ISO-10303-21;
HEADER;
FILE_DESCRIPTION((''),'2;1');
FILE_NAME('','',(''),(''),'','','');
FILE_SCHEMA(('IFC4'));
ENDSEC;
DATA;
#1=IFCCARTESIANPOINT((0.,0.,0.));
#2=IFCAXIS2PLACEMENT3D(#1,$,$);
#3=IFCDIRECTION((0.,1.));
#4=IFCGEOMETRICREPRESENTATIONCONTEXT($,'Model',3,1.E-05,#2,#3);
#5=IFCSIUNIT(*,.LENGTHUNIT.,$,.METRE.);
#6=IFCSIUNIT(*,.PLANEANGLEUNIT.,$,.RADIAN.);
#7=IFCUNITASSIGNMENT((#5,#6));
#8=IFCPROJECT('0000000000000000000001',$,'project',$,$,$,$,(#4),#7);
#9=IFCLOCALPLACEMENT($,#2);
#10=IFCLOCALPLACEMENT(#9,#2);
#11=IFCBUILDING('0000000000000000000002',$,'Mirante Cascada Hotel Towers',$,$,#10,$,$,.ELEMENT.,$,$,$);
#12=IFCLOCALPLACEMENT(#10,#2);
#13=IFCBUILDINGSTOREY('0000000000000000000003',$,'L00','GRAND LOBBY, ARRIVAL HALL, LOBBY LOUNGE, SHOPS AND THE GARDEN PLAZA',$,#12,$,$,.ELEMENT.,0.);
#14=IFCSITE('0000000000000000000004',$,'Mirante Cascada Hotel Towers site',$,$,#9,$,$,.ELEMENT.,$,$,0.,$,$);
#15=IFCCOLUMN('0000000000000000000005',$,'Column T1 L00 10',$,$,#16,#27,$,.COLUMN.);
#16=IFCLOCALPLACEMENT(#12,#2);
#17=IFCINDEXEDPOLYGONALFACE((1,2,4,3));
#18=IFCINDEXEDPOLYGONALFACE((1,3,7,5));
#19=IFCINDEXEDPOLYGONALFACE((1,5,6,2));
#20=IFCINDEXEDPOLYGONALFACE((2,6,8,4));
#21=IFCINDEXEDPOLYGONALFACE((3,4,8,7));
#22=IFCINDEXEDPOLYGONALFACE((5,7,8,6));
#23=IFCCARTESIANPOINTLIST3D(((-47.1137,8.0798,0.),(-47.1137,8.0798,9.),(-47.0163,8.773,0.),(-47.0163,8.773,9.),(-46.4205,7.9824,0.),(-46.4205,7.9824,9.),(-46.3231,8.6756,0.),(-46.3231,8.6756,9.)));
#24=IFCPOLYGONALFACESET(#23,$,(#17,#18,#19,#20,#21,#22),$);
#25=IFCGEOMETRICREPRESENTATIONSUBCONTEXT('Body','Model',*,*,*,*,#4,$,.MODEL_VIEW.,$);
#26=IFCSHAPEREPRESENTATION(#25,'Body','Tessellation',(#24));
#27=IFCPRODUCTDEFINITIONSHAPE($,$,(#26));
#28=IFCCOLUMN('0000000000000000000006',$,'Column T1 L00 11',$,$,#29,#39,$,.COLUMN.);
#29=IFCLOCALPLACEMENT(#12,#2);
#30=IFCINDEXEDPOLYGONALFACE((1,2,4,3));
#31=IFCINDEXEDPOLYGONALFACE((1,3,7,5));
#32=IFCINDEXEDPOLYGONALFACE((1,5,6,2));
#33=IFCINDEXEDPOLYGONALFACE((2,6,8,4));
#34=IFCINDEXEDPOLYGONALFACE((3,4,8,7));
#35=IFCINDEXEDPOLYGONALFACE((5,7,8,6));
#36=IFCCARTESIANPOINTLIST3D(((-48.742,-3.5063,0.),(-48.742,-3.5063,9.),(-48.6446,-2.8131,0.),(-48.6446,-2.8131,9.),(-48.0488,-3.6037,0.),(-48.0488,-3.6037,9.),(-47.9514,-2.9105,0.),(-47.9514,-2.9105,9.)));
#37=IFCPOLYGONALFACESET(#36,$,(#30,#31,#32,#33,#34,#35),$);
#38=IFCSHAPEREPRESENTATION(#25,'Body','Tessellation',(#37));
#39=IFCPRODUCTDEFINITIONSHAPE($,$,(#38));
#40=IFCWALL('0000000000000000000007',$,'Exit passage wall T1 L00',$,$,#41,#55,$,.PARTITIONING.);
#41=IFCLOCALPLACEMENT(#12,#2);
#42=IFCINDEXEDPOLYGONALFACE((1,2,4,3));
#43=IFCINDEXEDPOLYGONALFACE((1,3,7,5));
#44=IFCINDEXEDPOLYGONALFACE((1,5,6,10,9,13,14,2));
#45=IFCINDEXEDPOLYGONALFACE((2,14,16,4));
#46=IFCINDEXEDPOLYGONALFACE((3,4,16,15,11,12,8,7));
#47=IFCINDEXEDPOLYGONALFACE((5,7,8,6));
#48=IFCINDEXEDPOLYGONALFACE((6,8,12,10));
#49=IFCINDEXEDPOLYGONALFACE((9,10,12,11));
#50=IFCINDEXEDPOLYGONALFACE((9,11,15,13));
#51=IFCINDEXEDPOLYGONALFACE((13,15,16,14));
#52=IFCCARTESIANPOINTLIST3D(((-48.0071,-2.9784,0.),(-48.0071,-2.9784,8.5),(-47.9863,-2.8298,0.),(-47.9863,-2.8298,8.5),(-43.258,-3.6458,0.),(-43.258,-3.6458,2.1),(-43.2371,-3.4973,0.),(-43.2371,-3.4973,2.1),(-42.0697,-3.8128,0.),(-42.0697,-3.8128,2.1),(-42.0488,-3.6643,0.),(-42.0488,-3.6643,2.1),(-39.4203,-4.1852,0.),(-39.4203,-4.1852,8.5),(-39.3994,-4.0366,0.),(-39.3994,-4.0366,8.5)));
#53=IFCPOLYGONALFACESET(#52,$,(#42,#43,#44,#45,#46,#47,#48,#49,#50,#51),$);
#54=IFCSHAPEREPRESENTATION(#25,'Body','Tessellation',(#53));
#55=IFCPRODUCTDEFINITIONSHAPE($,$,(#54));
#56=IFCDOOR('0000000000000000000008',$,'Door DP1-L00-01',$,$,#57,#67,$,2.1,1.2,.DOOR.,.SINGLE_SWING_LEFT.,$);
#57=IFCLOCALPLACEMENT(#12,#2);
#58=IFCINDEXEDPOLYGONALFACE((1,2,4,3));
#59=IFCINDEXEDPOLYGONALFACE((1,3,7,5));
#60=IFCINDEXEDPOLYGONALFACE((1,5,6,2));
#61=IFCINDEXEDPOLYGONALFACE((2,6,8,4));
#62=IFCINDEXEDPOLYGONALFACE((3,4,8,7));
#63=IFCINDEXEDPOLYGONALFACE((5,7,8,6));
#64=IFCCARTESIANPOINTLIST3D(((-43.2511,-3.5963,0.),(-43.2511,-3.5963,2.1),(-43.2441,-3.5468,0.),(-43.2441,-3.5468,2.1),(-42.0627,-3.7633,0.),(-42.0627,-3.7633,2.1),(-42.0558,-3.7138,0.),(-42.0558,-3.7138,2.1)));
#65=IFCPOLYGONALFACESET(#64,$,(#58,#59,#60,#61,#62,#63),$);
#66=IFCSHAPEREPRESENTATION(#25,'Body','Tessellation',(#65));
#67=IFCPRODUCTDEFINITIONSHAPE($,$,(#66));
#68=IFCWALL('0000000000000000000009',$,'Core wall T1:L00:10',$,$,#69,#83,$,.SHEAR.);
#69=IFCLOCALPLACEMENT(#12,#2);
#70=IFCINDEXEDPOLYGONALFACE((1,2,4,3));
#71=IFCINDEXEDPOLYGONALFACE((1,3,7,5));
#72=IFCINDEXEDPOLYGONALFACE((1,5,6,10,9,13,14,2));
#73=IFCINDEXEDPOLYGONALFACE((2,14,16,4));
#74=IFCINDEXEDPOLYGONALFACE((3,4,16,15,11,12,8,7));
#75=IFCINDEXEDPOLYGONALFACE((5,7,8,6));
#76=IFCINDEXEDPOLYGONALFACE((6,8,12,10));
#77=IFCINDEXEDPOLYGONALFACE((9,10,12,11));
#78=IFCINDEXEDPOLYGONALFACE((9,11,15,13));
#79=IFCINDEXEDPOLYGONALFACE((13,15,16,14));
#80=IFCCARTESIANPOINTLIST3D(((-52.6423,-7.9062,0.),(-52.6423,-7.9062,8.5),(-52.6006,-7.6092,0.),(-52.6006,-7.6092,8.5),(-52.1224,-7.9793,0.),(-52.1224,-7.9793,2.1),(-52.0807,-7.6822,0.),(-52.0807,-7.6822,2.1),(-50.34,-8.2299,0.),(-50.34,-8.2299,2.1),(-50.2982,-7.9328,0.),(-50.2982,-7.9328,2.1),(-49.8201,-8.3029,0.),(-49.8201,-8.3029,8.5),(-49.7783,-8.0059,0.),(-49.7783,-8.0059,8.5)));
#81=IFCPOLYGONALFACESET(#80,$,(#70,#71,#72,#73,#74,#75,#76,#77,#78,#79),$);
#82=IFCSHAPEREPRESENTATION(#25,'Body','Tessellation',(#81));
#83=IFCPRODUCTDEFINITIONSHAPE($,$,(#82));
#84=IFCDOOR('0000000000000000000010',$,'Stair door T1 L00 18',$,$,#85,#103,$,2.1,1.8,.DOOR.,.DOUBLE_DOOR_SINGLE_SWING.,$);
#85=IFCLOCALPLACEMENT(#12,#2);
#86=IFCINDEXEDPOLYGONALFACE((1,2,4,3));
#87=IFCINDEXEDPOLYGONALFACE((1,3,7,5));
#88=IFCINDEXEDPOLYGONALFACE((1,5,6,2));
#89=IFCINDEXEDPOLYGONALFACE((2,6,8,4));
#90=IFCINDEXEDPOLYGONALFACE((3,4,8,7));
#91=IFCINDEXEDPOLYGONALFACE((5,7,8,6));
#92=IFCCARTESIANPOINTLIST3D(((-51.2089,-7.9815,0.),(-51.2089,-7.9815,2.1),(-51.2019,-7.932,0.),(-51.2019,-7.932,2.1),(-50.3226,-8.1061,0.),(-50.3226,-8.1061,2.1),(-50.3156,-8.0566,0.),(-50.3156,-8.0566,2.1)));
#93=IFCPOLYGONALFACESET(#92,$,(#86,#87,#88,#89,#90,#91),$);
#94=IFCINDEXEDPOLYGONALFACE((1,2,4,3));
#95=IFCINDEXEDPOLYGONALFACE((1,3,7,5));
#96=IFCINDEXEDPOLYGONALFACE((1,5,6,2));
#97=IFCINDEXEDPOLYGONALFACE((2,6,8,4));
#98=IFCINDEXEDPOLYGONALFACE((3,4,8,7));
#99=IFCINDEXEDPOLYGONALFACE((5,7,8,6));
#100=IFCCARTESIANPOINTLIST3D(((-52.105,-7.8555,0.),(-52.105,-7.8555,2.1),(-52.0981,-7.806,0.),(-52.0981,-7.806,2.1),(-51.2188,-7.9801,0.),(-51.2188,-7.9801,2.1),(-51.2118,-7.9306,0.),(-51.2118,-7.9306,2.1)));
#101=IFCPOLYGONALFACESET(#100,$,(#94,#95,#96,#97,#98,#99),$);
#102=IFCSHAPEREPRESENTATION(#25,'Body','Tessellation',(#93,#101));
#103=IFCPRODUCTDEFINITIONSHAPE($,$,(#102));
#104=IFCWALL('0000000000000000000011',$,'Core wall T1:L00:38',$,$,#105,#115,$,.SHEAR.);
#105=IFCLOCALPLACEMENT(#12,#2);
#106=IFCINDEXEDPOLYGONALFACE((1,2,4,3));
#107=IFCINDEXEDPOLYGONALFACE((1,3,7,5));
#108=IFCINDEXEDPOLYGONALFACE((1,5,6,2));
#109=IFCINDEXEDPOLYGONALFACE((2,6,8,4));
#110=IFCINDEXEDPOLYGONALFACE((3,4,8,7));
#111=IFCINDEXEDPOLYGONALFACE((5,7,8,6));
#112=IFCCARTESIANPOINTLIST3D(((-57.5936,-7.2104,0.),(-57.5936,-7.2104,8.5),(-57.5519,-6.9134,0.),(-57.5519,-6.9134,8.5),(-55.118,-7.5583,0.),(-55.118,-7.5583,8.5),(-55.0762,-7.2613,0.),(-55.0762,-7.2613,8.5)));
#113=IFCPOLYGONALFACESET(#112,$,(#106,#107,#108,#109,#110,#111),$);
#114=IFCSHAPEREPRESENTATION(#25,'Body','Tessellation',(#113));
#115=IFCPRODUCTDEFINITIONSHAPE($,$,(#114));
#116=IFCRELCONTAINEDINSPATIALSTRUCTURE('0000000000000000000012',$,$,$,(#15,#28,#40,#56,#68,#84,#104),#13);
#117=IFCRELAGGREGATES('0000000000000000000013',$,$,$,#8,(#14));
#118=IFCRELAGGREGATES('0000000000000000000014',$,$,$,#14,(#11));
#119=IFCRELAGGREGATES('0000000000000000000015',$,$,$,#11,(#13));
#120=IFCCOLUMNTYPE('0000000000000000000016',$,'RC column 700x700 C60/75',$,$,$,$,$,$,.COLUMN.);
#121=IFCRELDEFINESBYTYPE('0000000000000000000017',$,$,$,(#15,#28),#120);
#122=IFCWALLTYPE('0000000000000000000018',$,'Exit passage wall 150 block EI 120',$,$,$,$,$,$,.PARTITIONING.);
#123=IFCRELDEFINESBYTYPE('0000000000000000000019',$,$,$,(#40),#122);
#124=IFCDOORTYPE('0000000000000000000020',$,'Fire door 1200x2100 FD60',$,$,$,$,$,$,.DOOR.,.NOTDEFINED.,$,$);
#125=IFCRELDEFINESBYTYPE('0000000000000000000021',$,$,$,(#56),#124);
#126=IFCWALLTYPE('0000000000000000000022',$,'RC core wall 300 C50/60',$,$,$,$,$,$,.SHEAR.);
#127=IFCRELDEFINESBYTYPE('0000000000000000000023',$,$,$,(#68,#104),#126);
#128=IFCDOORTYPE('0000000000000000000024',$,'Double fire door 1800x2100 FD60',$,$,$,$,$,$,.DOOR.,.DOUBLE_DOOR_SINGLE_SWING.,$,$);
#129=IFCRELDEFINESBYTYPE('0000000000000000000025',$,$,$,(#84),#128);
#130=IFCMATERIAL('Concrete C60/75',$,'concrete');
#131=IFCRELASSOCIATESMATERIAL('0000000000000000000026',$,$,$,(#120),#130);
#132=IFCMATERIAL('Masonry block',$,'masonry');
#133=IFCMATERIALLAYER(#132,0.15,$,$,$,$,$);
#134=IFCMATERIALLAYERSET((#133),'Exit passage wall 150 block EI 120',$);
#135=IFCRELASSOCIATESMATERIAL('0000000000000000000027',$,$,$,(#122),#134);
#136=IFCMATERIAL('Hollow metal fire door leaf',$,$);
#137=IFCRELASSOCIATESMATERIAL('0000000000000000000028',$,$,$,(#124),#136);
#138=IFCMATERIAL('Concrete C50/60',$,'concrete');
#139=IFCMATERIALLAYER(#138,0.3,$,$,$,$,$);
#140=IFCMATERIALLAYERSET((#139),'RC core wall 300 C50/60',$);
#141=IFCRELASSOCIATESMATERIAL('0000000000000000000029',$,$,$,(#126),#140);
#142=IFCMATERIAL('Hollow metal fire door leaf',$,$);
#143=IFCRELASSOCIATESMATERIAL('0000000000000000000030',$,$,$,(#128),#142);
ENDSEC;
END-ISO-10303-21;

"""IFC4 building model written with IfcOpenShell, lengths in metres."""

from ifc_helpers import new_model, si_unit, direction, frame, frame_2d, origin, origin_2d, place, context, subcontext, project, spatial, rectangle, extrude, material, layer, layer_set, material_profile, profile_set, type_object, element, fill, save


model = new_model("IFC4")

# Units and contexts
model_context = context("Model", 3, precision=1e-05, world=origin(), true_north=direction((0.0, 1.0)))
body_context = subcontext(model_context, "Body", "Model", "MODEL_VIEW")
ifc_project = project(units=[si_unit("LENGTHUNIT", "METRE"), si_unit("PLANEANGLEUNIT", "RADIAN")], contexts=[model_context])

# Site, building, storey
site_placement = place(None, origin())
site = spatial("IfcSite", under=ifc_project, at=site_placement, Name="Mirante Cascada Hotel Towers site", CompositionType="ELEMENT", RefElevation=0.0)
building_placement = place(site_placement, origin())
building = spatial("IfcBuilding", under=site, at=building_placement, Name="Mirante Cascada Hotel Towers", CompositionType="ELEMENT")
storey_placement = place(building_placement, origin())
storey = spatial("IfcBuildingStorey", under=building, at=storey_placement, Name="L00", Description="GRAND LOBBY, ARRIVAL HALL, LOBBY LOUNGE, SHOPS AND THE GARDEN PLAZA", CompositionType="ELEMENT", Elevation=0.0)

# Columns
ifc_material_1 = material(Name="Concrete C60/75", Category="concrete")
ifc_material_profile = material_profile(ifc_material_1, rectangle(XDim=0.7, YDim=0.7, at=origin_2d()), Name="RC column 700x700 C60/75")
ifc_profile_set = profile_set([ifc_material_profile], Name="Concrete C60/75")
column_type = type_object("IfcColumnType", Name="RC column 700x700 C60/75", PredefinedType="COLUMN", material=ifc_profile_set)
for number, where, z_axis, x_axis, name in (
    (1, (-46.7184, 8.3777, 0.0), (0.0, 0.0, 1.0), (-0.990268, 0.139173, 0.0), "Column T1 L00 10"),
    (2, (-48.3467, -3.2084, 0.0), (0.0, 0.0, 1.0), (-0.990268, 0.139173, 0.0), "Column T1 L00 11"),
):
    element("IfcColumn", number, at=place(storey_placement, frame(where, z_axis=z_axis, x_axis=x_axis)), inside=storey, type_object=column_type, Name=name, PredefinedType="COLUMN", context=body_context, shape_type="SweptSolid", body=[
        extrude(rectangle(XDim=0.7, YDim=0.7, at=origin_2d()), origin(), (0.0, 0.0, 1.0), 9.0),
    ])

# Walls, openings, doors
ifc_material_2 = material(Name="Masonry block", Category="masonry")
ifc_layer_1 = layer(ifc_material_2, 0.15)
ifc_layer_set_1 = layer_set([ifc_layer_1], Name="Exit passage wall 150 block EI 120")
wall_type_1 = type_object("IfcWallType", Name="Exit passage wall 150 block EI 120", PredefinedType="PARTITIONING", material=ifc_layer_set_1)
wall_1_placement = place(storey_placement, frame((-47.9967, -2.9041, 0.0), z_axis=(0.0, 0.0, 1.0), x_axis=(0.990268, -0.139174, 0.0)))
wall_1 = element("IfcWall", 3, at=wall_1_placement, inside=storey, type_object=wall_type_1, Name="Exit passage wall T1 L00", PredefinedType="PARTITIONING", context=body_context, shape_type="SweptSolid", body=[
    extrude(rectangle(XDim=8.6712, YDim=0.15, at=frame_2d((4.3356, 0.0))), origin(), (0.0, 0.0, 1.0), 8.5),
])
opening_1_placement = place(wall_1_placement, frame((4.7958, 0.0, 0.0)))
opening_1 = element("IfcOpeningElement", 4, at=opening_1_placement, cuts=wall_1, PredefinedType="OPENING", context=body_context, shape_type="SweptSolid", body=[
    extrude(rectangle(XDim=1.2, YDim=2.1, at=frame_2d((0.6, 1.05))), frame((0.0, 0.075, 0.0), z_axis=(0.0, -1.0, 0.0), x_axis=(1.0, 0.0, 0.0)), (0.0, 0.0, 1.0), 0.15),
])
ifc_material_3 = material(Name="Hollow metal fire door leaf")
door_type_1 = type_object("IfcDoorType", Name="Fire door 1200x2100 FD60", OperationType="NOTDEFINED", PredefinedType="DOOR", material=ifc_material_3)
door_1_placement = place(opening_1_placement, frame((1.2, 0.0, 0.0), z_axis=(0.0, 0.0, 1.0), x_axis=(-1.0, 0.0, 0.0)))
door_1 = element("IfcDoor", 5, at=door_1_placement, inside=storey, type_object=door_type_1, Name="Door DP1-L00-01", OperationType="SINGLE_SWING_LEFT", OverallHeight=2.1, OverallWidth=1.2, PredefinedType="DOOR", context=body_context, shape_type="SweptSolid", body=[
    extrude(rectangle(XDim=1.2, YDim=2.1, at=frame_2d((0.6, 1.05))), frame((0.0, 0.025, 0.0), z_axis=(0.0, -1.0, 0.0), x_axis=(1.0, 0.0, 0.0)), (0.0, 0.0, 1.0), 0.05),
])
fill(opening_1, door_1)
ifc_material_4 = material(Name="Concrete C50/60", Category="concrete")
ifc_layer_2 = layer(ifc_material_4, 0.3)
ifc_layer_set_2 = layer_set([ifc_layer_2], Name="RC core wall 300 C50/60")
wall_type_2 = type_object("IfcWallType", Name="RC core wall 300 C50/60", PredefinedType="SHEAR", material=ifc_layer_set_2)
wall_2_placement = place(storey_placement, frame((-49.7992, -8.1544, 0.0), z_axis=(0.0, 0.0, 1.0), x_axis=(-0.990266, 0.139191, 0.0)))
wall_2 = element("IfcWall", 6, at=wall_2_placement, inside=storey, type_object=wall_type_2, Name="Core wall T1:L00:10", PredefinedType="SHEAR", context=body_context, shape_type="SweptSolid", body=[
    extrude(rectangle(XDim=2.85, YDim=0.3, at=frame_2d((1.425, 0.0))), origin(), (0.0, 0.0, 1.0), 8.5),
])
opening_2_placement = place(wall_2_placement, frame((0.525, 0.0, 0.0)))
opening_2 = element("IfcOpeningElement", 7, at=opening_2_placement, cuts=wall_2, PredefinedType="OPENING", context=body_context, shape_type="SweptSolid", body=[
    extrude(rectangle(XDim=1.8, YDim=2.1, at=frame_2d((0.9, 1.05))), frame((0.0, 0.15, 0.0), z_axis=(0.0, -1.0, 0.0), x_axis=(1.0, 0.0, 0.0)), (0.0, 0.0, 1.0), 0.3),
])
ifc_material_5 = material(Name="Hollow metal fire door leaf")
door_type_2 = type_object("IfcDoorType", Name="Double fire door 1800x2100 FD60", OperationType="DOUBLE_DOOR_SINGLE_SWING", PredefinedType="DOOR", material=ifc_material_5)
door_2_placement = place(opening_2_placement, origin())
door_2 = element("IfcDoor", 8, at=door_2_placement, inside=storey, type_object=door_type_2, Name="Stair door T1 L00 18", OperationType="DOUBLE_DOOR_SINGLE_SWING", OverallHeight=2.1, OverallWidth=1.8, PredefinedType="DOOR", context=body_context, shape_type="SweptSolid", body=[
    extrude(rectangle(XDim=0.895, YDim=2.1, at=frame_2d((0.4475, 1.05))), frame((0.0, 0.025, 0.0), z_axis=(0.0, -1.0, 0.0), x_axis=(1.0, 0.0, 0.0)), (0.0, 0.0, 1.0), 0.05),
    extrude(rectangle(XDim=0.895, YDim=2.1, at=frame_2d((1.3525, 1.05))), frame((0.0, 0.025, 0.0), z_axis=(0.0, -1.0, 0.0), x_axis=(1.0, 0.0, 0.0)), (0.0, 0.0, 1.0), 0.05),
])
fill(opening_2, door_2)

# Wall
wall_3_placement = place(storey_placement, frame((-55.0971, -7.4098, 0.0), z_axis=(0.0, 0.0, 1.0), x_axis=(-0.99027, 0.139159, 0.0)))
element("IfcWall", 9, at=wall_3_placement, inside=storey, type_object=wall_type_2, Name="Core wall T1:L00:38", PredefinedType="SHEAR", context=body_context, shape_type="SweptSolid", body=[
    extrude(rectangle(XDim=2.5, YDim=0.3, at=frame_2d((1.25, 0.0))), origin(), (0.0, 0.0, 1.0), 8.5),
])

save(model, "model.ifc")
